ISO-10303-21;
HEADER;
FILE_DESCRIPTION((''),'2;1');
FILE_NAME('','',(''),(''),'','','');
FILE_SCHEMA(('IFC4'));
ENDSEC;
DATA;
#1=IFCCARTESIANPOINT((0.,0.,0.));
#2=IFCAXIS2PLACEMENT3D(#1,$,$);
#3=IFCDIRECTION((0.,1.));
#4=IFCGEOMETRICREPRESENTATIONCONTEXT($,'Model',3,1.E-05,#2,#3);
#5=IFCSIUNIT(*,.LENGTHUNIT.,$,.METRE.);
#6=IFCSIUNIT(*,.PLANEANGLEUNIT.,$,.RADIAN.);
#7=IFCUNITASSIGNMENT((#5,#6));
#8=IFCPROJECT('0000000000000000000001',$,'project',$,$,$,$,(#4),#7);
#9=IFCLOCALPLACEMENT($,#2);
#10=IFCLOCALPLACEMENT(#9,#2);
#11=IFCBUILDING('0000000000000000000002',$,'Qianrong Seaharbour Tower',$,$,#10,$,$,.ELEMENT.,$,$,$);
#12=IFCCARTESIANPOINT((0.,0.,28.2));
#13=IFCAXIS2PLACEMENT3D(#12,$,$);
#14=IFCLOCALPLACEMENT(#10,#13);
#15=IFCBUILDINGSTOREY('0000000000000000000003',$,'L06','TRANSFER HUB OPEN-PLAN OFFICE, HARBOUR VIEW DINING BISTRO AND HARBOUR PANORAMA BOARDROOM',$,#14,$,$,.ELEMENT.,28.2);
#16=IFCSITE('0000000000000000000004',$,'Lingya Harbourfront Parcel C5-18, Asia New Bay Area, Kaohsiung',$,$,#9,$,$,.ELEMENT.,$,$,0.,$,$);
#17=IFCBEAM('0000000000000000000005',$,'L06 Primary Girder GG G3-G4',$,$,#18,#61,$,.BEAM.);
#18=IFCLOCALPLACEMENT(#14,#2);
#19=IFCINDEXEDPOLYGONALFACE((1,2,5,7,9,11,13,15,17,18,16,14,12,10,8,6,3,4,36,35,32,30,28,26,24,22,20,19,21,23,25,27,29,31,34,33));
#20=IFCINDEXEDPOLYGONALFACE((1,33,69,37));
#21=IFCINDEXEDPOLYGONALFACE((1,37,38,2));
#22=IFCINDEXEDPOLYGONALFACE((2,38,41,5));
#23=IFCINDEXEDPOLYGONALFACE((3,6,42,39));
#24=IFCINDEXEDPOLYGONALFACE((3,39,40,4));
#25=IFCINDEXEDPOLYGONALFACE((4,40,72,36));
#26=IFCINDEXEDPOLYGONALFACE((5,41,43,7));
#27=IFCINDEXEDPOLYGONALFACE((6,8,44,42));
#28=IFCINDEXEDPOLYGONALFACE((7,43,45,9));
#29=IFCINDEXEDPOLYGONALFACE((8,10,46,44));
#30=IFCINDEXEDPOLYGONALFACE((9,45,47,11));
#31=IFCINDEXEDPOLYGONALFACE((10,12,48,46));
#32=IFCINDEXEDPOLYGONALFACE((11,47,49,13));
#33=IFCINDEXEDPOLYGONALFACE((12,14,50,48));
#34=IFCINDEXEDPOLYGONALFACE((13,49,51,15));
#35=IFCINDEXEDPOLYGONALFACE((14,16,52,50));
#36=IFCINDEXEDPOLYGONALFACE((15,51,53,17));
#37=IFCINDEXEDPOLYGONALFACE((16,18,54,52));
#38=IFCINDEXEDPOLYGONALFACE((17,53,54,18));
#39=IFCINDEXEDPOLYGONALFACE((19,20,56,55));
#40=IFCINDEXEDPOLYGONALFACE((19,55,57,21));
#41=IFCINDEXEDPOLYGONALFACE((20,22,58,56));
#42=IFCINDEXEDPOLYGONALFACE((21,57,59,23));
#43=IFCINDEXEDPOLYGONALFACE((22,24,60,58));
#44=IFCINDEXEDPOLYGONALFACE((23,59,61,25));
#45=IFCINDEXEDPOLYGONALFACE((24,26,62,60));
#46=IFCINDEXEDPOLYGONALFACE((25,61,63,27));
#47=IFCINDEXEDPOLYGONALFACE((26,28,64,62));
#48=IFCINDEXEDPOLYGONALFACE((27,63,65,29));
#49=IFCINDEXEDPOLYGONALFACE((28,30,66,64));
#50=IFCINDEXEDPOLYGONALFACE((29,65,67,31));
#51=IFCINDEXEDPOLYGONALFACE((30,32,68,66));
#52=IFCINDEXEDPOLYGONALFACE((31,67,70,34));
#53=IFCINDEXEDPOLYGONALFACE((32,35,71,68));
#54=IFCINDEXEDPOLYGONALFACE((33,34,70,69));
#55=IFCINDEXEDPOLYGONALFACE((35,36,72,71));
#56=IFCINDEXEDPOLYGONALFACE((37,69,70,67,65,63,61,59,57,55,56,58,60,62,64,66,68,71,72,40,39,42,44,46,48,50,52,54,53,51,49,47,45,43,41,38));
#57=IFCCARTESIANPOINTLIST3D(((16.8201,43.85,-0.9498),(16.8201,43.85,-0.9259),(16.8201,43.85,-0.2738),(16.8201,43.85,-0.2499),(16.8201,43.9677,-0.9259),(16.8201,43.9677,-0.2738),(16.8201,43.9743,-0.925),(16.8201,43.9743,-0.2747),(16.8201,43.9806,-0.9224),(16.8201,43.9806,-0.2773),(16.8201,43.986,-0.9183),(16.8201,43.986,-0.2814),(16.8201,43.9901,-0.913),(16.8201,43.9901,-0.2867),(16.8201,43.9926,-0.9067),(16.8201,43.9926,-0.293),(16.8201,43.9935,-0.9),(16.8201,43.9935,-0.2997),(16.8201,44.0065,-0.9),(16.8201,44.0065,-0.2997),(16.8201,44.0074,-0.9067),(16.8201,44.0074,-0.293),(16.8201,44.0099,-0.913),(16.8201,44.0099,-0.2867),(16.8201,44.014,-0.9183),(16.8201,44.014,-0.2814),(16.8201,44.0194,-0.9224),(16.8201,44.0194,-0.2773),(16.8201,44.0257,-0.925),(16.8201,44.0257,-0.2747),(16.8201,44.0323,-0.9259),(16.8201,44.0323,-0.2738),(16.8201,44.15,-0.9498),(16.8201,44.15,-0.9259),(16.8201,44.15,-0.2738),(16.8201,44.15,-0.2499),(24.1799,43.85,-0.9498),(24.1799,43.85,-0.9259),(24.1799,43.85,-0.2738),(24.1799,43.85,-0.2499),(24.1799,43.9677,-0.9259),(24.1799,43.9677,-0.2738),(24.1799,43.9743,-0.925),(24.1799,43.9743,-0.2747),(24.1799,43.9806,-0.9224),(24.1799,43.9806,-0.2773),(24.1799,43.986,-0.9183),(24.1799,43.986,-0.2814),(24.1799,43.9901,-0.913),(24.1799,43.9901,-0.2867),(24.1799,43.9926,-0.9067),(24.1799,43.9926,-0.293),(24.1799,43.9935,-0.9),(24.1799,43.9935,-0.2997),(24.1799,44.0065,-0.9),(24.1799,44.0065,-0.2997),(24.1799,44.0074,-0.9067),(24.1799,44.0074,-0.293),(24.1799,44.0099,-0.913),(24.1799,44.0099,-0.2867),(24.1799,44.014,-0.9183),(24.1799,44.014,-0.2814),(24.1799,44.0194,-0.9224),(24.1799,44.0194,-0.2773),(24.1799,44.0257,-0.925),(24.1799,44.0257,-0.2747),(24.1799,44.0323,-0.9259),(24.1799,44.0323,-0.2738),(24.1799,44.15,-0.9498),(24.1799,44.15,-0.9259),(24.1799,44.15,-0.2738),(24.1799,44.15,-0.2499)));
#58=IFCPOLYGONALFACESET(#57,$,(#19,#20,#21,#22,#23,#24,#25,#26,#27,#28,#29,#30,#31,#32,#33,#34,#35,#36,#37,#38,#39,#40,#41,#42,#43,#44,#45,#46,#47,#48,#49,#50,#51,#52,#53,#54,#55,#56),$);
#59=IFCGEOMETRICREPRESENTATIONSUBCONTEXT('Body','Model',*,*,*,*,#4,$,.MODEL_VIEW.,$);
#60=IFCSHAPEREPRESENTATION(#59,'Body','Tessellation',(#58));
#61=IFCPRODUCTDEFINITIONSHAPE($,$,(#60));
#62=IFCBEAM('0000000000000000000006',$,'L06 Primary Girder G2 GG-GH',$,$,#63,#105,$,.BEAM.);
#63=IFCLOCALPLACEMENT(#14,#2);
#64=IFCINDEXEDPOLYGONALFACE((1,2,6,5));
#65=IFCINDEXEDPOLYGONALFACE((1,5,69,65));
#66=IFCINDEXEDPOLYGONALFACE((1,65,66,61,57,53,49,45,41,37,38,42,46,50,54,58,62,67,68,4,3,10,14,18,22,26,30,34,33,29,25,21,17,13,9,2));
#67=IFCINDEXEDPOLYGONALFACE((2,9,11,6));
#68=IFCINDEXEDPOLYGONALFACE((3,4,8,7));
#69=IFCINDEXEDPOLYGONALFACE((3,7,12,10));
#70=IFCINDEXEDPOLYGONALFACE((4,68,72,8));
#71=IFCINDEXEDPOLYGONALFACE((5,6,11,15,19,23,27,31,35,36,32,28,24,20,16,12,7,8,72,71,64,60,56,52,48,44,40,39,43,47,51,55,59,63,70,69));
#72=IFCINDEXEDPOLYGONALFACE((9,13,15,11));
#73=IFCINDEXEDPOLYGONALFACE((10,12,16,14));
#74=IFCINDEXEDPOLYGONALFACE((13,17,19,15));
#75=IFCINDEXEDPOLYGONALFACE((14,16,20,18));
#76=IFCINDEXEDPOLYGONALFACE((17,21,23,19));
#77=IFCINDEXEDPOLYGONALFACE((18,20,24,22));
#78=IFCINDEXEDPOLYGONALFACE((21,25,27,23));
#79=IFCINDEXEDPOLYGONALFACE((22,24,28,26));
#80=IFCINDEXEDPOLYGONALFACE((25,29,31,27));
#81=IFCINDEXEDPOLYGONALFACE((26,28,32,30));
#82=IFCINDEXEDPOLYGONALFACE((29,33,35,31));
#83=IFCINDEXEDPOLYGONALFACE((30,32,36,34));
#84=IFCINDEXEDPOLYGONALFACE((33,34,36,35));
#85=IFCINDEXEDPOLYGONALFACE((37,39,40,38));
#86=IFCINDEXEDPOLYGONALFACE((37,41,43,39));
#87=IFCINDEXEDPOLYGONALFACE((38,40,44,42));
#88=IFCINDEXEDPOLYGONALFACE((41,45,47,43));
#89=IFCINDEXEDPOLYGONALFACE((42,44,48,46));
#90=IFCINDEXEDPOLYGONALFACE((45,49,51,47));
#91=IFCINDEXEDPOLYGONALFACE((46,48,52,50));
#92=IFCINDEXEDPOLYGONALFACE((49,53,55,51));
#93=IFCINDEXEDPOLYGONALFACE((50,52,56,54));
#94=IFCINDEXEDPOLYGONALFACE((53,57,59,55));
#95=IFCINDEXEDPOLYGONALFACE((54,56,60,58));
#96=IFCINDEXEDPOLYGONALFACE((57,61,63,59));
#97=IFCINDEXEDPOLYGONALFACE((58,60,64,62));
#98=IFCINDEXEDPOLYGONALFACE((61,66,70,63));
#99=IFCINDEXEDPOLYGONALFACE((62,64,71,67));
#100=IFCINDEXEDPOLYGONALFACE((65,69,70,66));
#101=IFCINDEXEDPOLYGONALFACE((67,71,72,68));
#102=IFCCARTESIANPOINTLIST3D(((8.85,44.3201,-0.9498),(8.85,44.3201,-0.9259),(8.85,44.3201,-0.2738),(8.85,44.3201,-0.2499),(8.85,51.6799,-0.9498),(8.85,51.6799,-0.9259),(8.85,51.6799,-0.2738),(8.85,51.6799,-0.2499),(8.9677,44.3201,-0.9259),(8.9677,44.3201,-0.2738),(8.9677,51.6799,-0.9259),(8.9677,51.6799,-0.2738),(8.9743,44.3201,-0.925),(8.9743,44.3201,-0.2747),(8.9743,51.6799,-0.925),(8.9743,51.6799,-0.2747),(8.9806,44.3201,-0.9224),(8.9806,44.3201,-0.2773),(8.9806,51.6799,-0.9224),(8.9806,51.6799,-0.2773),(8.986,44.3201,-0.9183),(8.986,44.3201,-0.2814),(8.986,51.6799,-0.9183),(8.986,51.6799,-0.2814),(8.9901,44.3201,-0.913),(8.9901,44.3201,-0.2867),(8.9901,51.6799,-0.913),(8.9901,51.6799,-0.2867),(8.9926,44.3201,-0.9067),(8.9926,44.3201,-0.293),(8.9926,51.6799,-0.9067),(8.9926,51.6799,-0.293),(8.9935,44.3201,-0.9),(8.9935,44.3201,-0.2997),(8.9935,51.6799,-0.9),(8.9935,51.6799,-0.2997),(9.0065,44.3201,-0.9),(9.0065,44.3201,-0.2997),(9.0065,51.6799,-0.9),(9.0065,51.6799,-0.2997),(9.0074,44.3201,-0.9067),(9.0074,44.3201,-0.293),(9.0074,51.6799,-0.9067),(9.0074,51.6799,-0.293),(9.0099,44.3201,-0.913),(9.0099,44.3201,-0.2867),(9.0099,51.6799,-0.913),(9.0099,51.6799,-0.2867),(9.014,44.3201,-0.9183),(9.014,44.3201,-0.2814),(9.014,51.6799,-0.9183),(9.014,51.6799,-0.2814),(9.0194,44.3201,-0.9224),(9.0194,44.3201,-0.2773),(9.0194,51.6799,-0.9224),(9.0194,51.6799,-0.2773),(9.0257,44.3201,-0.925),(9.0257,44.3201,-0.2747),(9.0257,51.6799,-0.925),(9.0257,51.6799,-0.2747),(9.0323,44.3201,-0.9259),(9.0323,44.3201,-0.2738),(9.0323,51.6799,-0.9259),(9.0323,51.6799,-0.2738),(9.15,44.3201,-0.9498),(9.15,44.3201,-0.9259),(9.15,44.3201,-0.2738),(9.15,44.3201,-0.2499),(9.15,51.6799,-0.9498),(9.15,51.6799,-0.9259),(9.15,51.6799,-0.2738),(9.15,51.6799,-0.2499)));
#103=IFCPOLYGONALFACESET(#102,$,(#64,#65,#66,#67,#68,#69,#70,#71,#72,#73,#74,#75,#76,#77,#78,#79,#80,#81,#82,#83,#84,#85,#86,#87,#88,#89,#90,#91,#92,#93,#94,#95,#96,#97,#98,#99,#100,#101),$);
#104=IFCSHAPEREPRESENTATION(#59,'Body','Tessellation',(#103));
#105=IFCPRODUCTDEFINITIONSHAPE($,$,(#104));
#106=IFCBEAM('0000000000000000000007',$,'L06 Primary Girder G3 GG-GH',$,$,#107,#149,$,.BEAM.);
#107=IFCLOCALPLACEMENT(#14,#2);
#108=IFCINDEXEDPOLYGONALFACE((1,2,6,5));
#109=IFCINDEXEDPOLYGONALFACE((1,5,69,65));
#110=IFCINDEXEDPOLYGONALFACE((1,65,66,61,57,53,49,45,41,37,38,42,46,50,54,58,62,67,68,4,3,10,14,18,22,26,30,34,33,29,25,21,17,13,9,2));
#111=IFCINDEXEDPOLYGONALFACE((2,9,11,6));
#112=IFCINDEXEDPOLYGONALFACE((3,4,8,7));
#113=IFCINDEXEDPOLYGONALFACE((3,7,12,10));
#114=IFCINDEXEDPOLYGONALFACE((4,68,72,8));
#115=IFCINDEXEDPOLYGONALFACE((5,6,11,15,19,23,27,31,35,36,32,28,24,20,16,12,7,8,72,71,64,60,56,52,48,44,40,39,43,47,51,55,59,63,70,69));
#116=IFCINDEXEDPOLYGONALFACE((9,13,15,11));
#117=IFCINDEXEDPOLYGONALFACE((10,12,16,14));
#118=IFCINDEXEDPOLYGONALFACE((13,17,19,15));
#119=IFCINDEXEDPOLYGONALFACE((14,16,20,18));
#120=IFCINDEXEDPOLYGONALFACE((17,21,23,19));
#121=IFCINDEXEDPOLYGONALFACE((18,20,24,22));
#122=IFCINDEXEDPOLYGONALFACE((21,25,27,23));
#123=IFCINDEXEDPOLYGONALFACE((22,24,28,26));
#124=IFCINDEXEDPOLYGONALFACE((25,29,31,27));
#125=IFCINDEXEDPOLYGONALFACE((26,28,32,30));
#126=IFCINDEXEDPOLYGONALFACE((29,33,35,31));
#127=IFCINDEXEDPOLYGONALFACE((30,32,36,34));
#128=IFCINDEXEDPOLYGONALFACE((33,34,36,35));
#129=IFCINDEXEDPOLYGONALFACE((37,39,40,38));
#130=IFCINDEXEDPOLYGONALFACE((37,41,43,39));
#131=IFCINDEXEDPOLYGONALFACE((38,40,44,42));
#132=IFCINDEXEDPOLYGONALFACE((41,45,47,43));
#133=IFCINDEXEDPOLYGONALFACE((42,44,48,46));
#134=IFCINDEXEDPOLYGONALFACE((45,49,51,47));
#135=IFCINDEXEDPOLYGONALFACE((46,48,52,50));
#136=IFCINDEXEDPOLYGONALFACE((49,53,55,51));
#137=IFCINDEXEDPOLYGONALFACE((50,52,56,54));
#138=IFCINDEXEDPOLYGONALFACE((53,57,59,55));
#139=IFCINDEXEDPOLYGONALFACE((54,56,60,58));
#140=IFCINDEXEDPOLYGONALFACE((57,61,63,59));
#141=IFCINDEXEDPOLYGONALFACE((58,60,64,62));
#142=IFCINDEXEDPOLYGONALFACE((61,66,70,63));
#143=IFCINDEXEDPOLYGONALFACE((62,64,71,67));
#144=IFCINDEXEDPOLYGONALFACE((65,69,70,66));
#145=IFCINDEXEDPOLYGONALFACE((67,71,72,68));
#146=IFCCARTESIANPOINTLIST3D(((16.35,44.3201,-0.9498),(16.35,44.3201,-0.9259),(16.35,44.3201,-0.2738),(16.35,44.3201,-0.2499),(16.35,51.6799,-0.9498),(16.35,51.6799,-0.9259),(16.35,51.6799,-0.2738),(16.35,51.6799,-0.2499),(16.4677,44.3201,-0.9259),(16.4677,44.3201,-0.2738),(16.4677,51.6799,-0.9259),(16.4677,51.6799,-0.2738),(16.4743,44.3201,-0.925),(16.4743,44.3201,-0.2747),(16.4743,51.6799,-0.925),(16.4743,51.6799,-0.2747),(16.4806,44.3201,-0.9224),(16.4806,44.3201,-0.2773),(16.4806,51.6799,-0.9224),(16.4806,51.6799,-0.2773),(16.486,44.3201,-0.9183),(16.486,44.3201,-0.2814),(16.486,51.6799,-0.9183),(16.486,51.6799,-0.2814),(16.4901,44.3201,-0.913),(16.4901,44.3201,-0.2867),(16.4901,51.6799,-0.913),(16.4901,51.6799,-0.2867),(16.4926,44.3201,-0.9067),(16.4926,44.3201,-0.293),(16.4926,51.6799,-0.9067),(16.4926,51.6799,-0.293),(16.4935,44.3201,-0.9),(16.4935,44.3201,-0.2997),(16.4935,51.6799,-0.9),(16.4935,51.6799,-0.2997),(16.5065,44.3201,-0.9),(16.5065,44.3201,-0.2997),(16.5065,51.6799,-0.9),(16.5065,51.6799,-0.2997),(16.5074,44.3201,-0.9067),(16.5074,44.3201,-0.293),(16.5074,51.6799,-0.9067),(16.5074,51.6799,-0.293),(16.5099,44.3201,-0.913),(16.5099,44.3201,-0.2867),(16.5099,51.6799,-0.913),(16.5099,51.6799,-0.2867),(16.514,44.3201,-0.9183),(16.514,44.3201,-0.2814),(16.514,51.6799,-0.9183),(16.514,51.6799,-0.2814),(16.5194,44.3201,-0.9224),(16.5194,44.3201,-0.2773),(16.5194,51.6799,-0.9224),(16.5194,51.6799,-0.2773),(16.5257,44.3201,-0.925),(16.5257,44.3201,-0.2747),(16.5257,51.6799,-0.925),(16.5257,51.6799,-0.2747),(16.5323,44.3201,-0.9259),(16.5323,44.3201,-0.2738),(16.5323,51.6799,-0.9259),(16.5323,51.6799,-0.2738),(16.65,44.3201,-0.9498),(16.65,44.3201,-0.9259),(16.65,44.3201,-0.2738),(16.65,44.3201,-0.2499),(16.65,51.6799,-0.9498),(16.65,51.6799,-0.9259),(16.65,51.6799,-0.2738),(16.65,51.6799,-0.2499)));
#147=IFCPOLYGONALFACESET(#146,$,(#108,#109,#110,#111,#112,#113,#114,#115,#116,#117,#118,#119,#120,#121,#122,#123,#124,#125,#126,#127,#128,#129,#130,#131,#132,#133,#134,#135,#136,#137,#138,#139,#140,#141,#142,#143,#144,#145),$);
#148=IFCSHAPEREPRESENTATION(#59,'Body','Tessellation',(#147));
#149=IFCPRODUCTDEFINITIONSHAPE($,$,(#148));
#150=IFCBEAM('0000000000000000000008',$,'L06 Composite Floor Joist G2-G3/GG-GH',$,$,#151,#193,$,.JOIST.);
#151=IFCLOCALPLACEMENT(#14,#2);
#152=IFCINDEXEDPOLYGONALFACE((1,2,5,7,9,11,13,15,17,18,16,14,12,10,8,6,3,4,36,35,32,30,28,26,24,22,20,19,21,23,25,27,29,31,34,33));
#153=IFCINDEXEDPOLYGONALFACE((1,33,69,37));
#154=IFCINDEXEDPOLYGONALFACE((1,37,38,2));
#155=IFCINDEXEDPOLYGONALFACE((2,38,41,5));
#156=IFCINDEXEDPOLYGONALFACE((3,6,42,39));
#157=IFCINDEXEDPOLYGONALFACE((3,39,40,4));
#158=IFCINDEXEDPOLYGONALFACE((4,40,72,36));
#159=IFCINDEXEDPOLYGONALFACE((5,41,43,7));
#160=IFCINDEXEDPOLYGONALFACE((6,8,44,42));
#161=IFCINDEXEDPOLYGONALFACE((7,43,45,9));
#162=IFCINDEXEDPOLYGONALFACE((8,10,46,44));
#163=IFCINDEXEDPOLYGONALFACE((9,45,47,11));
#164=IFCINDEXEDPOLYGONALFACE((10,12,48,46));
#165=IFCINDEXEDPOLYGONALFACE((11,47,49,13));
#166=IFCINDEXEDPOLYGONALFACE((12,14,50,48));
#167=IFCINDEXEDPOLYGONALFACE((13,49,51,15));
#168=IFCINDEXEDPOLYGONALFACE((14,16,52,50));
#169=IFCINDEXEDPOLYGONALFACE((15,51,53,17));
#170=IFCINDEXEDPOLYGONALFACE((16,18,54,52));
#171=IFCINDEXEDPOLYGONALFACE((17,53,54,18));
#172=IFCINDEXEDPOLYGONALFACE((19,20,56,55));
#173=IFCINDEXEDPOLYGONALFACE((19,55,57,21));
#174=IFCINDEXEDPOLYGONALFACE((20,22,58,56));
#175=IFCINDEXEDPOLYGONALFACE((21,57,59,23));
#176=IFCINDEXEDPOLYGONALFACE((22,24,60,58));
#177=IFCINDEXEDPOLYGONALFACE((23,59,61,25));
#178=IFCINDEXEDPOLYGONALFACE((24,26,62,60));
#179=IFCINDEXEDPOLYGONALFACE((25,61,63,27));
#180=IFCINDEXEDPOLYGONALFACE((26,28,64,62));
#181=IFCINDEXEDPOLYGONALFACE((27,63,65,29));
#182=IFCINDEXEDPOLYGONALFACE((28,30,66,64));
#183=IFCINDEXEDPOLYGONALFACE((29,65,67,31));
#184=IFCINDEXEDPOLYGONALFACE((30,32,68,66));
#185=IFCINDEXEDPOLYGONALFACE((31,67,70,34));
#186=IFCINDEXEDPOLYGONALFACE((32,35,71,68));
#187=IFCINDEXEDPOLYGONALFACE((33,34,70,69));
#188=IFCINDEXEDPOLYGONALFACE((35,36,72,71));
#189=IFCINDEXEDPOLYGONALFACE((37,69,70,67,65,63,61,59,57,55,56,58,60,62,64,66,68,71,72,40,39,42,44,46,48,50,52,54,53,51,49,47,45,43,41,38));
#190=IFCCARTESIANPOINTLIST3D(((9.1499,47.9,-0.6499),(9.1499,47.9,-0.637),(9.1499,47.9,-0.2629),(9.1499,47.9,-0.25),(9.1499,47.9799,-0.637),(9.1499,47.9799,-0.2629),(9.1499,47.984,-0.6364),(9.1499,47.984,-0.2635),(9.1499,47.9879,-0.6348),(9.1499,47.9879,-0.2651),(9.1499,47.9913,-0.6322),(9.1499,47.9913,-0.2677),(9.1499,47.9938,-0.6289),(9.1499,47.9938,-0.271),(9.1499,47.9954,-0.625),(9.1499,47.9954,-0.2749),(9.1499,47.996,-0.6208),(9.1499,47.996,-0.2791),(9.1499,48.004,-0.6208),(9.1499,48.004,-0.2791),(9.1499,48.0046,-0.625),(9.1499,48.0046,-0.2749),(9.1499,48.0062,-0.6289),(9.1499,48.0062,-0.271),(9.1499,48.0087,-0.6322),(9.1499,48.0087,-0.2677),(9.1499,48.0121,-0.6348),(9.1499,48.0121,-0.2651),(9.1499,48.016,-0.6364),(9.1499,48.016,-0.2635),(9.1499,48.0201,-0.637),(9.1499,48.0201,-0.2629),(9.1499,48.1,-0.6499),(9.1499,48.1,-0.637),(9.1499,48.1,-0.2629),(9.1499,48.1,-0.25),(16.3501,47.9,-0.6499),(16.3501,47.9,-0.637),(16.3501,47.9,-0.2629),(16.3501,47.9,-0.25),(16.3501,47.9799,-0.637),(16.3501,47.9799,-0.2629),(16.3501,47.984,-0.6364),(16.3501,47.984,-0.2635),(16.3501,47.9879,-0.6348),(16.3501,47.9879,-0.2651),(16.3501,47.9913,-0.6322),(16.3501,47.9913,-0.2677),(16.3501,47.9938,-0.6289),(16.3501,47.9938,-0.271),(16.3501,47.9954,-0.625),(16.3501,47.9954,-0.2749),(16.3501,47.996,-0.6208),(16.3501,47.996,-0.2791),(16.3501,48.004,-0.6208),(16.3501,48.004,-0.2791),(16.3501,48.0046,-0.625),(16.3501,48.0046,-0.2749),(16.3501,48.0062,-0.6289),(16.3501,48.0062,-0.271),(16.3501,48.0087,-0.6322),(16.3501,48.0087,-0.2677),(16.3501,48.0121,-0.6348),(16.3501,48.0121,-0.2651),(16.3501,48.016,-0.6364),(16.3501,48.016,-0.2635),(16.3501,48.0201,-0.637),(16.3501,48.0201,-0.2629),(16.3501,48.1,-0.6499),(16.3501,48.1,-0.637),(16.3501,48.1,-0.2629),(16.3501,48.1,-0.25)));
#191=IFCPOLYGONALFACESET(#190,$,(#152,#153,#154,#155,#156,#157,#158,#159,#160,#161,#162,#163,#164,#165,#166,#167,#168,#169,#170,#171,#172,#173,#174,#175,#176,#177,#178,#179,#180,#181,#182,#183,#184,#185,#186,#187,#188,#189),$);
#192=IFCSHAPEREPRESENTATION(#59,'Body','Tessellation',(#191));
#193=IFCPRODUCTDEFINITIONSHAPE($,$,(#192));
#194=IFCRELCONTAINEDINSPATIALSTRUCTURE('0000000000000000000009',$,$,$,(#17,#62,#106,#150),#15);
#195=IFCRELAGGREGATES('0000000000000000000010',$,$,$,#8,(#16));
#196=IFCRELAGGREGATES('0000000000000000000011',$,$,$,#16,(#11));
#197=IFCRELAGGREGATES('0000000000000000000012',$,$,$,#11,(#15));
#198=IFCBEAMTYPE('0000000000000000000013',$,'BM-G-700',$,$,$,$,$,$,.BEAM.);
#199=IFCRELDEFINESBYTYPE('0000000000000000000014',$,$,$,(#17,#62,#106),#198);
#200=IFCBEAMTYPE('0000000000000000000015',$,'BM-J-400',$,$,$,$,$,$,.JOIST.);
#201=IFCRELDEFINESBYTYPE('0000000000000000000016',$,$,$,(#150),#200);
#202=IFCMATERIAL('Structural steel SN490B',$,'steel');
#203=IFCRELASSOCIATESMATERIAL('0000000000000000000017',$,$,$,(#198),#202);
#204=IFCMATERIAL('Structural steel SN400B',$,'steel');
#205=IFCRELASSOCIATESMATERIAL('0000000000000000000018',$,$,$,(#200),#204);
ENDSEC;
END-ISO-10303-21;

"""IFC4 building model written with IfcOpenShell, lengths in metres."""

from ifc_helpers import new_model, si_unit, direction, frame, origin, origin_2d, place, context, subcontext, project, spatial, i_section, extrude, material, material_profile, profile_set, type_object, element, save


model = new_model("IFC4")

# Units and contexts
model_context = context("Model", 3, precision=1e-05, world=origin(), true_north=direction((0.0, 1.0)))
body_context = subcontext(model_context, "Body", "Model", "MODEL_VIEW")
ifc_project = project(units=[si_unit("LENGTHUNIT", "METRE"), si_unit("PLANEANGLEUNIT", "RADIAN")], contexts=[model_context])

# Site, building, storey
site_placement = place(None, origin())
site = spatial("IfcSite", under=ifc_project, at=site_placement, Name="Lingya Harbourfront Parcel C5-18, Asia New Bay Area, Kaohsiung", CompositionType="ELEMENT", RefElevation=0.0)
building_placement = place(site_placement, origin())
building = spatial("IfcBuilding", under=site, at=building_placement, Name="Qianrong Seaharbour Tower", CompositionType="ELEMENT")
storey_placement = place(building_placement, frame((0.0, 0.0, 28.2)))
storey = spatial("IfcBuildingStorey", under=building, at=storey_placement, Name="L06", Description="TRANSFER HUB OPEN-PLAN OFFICE, HARBOUR VIEW DINING BISTRO AND HARBOUR PANORAMA BOARDROOM", CompositionType="ELEMENT", Elevation=28.2)

# Shared definitions
ifc_material_1 = material(Name="Structural steel SN490B", Category="steel")

# Beams
ifc_material_profile_1 = material_profile(ifc_material_1, i_section(OverallWidth=0.3, OverallDepth=0.7, WebThickness=0.0129, FlangeThickness=0.0239, FilletRadius=0.0259, at=origin_2d()), Name="H700x300x13x24")
ifc_profile_set_1 = profile_set([ifc_material_profile_1], Name="Structural steel SN490B")
beam_type_1 = type_object("IfcBeamType", Name="BM-G-700", PredefinedType="BEAM", material=ifc_profile_set_1)
for number, where, z_axis, x_axis, name in (
    (1, (16.8201, 44.0, -0.5999), (1.0, 0.0, 0.0), (0.0, 1.0, 0.0), "L06 Primary Girder GG G3-G4"),
    (2, (9.0, 44.3201, -0.5999), (0.0, 1.0, 0.0), (-1.0, 0.0, 0.0), "L06 Primary Girder G2 GG-GH"),
    (3, (16.5, 44.3201, -0.5999), (0.0, 1.0, 0.0), (-1.0, 0.0, 0.0), "L06 Primary Girder G3 GG-GH"),
):
    element("IfcBeam", number, at=place(storey_placement, frame(where, z_axis=z_axis, x_axis=x_axis)), inside=storey, type_object=beam_type_1, Name=name, PredefinedType="BEAM", context=body_context, shape_type="SweptSolid", body=[
        extrude(i_section(OverallWidth=0.3, OverallDepth=0.7, WebThickness=0.0129, FlangeThickness=0.0239, FilletRadius=0.0259, at=origin_2d()), origin(), (0.0, 0.0, 1.0), 7.3599),
    ])
ifc_material_2 = material(Name="Structural steel SN400B", Category="steel")
ifc_material_profile_2 = material_profile(ifc_material_2, i_section(OverallWidth=0.2, OverallDepth=0.3999, WebThickness=0.0081, FlangeThickness=0.0129, FilletRadius=0.0161, at=origin_2d()), Name="H400x200x8x13")
ifc_profile_set_2 = profile_set([ifc_material_profile_2], Name="Structural steel SN400B")
beam_type_2 = type_object("IfcBeamType", Name="BM-J-400", PredefinedType="JOIST", material=ifc_profile_set_2)
beam_1_placement = place(storey_placement, frame((9.1499, 48.0, -0.45), z_axis=(1.0, 0.0, 0.0), x_axis=(0.0, 1.0, 0.0)))
element("IfcBeam", 4, at=beam_1_placement, inside=storey, type_object=beam_type_2, Name="L06 Composite Floor Joist G2-G3/GG-GH", PredefinedType="JOIST", context=body_context, shape_type="SweptSolid", body=[
    extrude(i_section(OverallWidth=0.2, OverallDepth=0.3999, WebThickness=0.0081, FlangeThickness=0.0129, FilletRadius=0.0161, at=origin_2d()), origin(), (0.0, 0.0, 1.0), 7.2002),
])

save(model, "model.ifc")
